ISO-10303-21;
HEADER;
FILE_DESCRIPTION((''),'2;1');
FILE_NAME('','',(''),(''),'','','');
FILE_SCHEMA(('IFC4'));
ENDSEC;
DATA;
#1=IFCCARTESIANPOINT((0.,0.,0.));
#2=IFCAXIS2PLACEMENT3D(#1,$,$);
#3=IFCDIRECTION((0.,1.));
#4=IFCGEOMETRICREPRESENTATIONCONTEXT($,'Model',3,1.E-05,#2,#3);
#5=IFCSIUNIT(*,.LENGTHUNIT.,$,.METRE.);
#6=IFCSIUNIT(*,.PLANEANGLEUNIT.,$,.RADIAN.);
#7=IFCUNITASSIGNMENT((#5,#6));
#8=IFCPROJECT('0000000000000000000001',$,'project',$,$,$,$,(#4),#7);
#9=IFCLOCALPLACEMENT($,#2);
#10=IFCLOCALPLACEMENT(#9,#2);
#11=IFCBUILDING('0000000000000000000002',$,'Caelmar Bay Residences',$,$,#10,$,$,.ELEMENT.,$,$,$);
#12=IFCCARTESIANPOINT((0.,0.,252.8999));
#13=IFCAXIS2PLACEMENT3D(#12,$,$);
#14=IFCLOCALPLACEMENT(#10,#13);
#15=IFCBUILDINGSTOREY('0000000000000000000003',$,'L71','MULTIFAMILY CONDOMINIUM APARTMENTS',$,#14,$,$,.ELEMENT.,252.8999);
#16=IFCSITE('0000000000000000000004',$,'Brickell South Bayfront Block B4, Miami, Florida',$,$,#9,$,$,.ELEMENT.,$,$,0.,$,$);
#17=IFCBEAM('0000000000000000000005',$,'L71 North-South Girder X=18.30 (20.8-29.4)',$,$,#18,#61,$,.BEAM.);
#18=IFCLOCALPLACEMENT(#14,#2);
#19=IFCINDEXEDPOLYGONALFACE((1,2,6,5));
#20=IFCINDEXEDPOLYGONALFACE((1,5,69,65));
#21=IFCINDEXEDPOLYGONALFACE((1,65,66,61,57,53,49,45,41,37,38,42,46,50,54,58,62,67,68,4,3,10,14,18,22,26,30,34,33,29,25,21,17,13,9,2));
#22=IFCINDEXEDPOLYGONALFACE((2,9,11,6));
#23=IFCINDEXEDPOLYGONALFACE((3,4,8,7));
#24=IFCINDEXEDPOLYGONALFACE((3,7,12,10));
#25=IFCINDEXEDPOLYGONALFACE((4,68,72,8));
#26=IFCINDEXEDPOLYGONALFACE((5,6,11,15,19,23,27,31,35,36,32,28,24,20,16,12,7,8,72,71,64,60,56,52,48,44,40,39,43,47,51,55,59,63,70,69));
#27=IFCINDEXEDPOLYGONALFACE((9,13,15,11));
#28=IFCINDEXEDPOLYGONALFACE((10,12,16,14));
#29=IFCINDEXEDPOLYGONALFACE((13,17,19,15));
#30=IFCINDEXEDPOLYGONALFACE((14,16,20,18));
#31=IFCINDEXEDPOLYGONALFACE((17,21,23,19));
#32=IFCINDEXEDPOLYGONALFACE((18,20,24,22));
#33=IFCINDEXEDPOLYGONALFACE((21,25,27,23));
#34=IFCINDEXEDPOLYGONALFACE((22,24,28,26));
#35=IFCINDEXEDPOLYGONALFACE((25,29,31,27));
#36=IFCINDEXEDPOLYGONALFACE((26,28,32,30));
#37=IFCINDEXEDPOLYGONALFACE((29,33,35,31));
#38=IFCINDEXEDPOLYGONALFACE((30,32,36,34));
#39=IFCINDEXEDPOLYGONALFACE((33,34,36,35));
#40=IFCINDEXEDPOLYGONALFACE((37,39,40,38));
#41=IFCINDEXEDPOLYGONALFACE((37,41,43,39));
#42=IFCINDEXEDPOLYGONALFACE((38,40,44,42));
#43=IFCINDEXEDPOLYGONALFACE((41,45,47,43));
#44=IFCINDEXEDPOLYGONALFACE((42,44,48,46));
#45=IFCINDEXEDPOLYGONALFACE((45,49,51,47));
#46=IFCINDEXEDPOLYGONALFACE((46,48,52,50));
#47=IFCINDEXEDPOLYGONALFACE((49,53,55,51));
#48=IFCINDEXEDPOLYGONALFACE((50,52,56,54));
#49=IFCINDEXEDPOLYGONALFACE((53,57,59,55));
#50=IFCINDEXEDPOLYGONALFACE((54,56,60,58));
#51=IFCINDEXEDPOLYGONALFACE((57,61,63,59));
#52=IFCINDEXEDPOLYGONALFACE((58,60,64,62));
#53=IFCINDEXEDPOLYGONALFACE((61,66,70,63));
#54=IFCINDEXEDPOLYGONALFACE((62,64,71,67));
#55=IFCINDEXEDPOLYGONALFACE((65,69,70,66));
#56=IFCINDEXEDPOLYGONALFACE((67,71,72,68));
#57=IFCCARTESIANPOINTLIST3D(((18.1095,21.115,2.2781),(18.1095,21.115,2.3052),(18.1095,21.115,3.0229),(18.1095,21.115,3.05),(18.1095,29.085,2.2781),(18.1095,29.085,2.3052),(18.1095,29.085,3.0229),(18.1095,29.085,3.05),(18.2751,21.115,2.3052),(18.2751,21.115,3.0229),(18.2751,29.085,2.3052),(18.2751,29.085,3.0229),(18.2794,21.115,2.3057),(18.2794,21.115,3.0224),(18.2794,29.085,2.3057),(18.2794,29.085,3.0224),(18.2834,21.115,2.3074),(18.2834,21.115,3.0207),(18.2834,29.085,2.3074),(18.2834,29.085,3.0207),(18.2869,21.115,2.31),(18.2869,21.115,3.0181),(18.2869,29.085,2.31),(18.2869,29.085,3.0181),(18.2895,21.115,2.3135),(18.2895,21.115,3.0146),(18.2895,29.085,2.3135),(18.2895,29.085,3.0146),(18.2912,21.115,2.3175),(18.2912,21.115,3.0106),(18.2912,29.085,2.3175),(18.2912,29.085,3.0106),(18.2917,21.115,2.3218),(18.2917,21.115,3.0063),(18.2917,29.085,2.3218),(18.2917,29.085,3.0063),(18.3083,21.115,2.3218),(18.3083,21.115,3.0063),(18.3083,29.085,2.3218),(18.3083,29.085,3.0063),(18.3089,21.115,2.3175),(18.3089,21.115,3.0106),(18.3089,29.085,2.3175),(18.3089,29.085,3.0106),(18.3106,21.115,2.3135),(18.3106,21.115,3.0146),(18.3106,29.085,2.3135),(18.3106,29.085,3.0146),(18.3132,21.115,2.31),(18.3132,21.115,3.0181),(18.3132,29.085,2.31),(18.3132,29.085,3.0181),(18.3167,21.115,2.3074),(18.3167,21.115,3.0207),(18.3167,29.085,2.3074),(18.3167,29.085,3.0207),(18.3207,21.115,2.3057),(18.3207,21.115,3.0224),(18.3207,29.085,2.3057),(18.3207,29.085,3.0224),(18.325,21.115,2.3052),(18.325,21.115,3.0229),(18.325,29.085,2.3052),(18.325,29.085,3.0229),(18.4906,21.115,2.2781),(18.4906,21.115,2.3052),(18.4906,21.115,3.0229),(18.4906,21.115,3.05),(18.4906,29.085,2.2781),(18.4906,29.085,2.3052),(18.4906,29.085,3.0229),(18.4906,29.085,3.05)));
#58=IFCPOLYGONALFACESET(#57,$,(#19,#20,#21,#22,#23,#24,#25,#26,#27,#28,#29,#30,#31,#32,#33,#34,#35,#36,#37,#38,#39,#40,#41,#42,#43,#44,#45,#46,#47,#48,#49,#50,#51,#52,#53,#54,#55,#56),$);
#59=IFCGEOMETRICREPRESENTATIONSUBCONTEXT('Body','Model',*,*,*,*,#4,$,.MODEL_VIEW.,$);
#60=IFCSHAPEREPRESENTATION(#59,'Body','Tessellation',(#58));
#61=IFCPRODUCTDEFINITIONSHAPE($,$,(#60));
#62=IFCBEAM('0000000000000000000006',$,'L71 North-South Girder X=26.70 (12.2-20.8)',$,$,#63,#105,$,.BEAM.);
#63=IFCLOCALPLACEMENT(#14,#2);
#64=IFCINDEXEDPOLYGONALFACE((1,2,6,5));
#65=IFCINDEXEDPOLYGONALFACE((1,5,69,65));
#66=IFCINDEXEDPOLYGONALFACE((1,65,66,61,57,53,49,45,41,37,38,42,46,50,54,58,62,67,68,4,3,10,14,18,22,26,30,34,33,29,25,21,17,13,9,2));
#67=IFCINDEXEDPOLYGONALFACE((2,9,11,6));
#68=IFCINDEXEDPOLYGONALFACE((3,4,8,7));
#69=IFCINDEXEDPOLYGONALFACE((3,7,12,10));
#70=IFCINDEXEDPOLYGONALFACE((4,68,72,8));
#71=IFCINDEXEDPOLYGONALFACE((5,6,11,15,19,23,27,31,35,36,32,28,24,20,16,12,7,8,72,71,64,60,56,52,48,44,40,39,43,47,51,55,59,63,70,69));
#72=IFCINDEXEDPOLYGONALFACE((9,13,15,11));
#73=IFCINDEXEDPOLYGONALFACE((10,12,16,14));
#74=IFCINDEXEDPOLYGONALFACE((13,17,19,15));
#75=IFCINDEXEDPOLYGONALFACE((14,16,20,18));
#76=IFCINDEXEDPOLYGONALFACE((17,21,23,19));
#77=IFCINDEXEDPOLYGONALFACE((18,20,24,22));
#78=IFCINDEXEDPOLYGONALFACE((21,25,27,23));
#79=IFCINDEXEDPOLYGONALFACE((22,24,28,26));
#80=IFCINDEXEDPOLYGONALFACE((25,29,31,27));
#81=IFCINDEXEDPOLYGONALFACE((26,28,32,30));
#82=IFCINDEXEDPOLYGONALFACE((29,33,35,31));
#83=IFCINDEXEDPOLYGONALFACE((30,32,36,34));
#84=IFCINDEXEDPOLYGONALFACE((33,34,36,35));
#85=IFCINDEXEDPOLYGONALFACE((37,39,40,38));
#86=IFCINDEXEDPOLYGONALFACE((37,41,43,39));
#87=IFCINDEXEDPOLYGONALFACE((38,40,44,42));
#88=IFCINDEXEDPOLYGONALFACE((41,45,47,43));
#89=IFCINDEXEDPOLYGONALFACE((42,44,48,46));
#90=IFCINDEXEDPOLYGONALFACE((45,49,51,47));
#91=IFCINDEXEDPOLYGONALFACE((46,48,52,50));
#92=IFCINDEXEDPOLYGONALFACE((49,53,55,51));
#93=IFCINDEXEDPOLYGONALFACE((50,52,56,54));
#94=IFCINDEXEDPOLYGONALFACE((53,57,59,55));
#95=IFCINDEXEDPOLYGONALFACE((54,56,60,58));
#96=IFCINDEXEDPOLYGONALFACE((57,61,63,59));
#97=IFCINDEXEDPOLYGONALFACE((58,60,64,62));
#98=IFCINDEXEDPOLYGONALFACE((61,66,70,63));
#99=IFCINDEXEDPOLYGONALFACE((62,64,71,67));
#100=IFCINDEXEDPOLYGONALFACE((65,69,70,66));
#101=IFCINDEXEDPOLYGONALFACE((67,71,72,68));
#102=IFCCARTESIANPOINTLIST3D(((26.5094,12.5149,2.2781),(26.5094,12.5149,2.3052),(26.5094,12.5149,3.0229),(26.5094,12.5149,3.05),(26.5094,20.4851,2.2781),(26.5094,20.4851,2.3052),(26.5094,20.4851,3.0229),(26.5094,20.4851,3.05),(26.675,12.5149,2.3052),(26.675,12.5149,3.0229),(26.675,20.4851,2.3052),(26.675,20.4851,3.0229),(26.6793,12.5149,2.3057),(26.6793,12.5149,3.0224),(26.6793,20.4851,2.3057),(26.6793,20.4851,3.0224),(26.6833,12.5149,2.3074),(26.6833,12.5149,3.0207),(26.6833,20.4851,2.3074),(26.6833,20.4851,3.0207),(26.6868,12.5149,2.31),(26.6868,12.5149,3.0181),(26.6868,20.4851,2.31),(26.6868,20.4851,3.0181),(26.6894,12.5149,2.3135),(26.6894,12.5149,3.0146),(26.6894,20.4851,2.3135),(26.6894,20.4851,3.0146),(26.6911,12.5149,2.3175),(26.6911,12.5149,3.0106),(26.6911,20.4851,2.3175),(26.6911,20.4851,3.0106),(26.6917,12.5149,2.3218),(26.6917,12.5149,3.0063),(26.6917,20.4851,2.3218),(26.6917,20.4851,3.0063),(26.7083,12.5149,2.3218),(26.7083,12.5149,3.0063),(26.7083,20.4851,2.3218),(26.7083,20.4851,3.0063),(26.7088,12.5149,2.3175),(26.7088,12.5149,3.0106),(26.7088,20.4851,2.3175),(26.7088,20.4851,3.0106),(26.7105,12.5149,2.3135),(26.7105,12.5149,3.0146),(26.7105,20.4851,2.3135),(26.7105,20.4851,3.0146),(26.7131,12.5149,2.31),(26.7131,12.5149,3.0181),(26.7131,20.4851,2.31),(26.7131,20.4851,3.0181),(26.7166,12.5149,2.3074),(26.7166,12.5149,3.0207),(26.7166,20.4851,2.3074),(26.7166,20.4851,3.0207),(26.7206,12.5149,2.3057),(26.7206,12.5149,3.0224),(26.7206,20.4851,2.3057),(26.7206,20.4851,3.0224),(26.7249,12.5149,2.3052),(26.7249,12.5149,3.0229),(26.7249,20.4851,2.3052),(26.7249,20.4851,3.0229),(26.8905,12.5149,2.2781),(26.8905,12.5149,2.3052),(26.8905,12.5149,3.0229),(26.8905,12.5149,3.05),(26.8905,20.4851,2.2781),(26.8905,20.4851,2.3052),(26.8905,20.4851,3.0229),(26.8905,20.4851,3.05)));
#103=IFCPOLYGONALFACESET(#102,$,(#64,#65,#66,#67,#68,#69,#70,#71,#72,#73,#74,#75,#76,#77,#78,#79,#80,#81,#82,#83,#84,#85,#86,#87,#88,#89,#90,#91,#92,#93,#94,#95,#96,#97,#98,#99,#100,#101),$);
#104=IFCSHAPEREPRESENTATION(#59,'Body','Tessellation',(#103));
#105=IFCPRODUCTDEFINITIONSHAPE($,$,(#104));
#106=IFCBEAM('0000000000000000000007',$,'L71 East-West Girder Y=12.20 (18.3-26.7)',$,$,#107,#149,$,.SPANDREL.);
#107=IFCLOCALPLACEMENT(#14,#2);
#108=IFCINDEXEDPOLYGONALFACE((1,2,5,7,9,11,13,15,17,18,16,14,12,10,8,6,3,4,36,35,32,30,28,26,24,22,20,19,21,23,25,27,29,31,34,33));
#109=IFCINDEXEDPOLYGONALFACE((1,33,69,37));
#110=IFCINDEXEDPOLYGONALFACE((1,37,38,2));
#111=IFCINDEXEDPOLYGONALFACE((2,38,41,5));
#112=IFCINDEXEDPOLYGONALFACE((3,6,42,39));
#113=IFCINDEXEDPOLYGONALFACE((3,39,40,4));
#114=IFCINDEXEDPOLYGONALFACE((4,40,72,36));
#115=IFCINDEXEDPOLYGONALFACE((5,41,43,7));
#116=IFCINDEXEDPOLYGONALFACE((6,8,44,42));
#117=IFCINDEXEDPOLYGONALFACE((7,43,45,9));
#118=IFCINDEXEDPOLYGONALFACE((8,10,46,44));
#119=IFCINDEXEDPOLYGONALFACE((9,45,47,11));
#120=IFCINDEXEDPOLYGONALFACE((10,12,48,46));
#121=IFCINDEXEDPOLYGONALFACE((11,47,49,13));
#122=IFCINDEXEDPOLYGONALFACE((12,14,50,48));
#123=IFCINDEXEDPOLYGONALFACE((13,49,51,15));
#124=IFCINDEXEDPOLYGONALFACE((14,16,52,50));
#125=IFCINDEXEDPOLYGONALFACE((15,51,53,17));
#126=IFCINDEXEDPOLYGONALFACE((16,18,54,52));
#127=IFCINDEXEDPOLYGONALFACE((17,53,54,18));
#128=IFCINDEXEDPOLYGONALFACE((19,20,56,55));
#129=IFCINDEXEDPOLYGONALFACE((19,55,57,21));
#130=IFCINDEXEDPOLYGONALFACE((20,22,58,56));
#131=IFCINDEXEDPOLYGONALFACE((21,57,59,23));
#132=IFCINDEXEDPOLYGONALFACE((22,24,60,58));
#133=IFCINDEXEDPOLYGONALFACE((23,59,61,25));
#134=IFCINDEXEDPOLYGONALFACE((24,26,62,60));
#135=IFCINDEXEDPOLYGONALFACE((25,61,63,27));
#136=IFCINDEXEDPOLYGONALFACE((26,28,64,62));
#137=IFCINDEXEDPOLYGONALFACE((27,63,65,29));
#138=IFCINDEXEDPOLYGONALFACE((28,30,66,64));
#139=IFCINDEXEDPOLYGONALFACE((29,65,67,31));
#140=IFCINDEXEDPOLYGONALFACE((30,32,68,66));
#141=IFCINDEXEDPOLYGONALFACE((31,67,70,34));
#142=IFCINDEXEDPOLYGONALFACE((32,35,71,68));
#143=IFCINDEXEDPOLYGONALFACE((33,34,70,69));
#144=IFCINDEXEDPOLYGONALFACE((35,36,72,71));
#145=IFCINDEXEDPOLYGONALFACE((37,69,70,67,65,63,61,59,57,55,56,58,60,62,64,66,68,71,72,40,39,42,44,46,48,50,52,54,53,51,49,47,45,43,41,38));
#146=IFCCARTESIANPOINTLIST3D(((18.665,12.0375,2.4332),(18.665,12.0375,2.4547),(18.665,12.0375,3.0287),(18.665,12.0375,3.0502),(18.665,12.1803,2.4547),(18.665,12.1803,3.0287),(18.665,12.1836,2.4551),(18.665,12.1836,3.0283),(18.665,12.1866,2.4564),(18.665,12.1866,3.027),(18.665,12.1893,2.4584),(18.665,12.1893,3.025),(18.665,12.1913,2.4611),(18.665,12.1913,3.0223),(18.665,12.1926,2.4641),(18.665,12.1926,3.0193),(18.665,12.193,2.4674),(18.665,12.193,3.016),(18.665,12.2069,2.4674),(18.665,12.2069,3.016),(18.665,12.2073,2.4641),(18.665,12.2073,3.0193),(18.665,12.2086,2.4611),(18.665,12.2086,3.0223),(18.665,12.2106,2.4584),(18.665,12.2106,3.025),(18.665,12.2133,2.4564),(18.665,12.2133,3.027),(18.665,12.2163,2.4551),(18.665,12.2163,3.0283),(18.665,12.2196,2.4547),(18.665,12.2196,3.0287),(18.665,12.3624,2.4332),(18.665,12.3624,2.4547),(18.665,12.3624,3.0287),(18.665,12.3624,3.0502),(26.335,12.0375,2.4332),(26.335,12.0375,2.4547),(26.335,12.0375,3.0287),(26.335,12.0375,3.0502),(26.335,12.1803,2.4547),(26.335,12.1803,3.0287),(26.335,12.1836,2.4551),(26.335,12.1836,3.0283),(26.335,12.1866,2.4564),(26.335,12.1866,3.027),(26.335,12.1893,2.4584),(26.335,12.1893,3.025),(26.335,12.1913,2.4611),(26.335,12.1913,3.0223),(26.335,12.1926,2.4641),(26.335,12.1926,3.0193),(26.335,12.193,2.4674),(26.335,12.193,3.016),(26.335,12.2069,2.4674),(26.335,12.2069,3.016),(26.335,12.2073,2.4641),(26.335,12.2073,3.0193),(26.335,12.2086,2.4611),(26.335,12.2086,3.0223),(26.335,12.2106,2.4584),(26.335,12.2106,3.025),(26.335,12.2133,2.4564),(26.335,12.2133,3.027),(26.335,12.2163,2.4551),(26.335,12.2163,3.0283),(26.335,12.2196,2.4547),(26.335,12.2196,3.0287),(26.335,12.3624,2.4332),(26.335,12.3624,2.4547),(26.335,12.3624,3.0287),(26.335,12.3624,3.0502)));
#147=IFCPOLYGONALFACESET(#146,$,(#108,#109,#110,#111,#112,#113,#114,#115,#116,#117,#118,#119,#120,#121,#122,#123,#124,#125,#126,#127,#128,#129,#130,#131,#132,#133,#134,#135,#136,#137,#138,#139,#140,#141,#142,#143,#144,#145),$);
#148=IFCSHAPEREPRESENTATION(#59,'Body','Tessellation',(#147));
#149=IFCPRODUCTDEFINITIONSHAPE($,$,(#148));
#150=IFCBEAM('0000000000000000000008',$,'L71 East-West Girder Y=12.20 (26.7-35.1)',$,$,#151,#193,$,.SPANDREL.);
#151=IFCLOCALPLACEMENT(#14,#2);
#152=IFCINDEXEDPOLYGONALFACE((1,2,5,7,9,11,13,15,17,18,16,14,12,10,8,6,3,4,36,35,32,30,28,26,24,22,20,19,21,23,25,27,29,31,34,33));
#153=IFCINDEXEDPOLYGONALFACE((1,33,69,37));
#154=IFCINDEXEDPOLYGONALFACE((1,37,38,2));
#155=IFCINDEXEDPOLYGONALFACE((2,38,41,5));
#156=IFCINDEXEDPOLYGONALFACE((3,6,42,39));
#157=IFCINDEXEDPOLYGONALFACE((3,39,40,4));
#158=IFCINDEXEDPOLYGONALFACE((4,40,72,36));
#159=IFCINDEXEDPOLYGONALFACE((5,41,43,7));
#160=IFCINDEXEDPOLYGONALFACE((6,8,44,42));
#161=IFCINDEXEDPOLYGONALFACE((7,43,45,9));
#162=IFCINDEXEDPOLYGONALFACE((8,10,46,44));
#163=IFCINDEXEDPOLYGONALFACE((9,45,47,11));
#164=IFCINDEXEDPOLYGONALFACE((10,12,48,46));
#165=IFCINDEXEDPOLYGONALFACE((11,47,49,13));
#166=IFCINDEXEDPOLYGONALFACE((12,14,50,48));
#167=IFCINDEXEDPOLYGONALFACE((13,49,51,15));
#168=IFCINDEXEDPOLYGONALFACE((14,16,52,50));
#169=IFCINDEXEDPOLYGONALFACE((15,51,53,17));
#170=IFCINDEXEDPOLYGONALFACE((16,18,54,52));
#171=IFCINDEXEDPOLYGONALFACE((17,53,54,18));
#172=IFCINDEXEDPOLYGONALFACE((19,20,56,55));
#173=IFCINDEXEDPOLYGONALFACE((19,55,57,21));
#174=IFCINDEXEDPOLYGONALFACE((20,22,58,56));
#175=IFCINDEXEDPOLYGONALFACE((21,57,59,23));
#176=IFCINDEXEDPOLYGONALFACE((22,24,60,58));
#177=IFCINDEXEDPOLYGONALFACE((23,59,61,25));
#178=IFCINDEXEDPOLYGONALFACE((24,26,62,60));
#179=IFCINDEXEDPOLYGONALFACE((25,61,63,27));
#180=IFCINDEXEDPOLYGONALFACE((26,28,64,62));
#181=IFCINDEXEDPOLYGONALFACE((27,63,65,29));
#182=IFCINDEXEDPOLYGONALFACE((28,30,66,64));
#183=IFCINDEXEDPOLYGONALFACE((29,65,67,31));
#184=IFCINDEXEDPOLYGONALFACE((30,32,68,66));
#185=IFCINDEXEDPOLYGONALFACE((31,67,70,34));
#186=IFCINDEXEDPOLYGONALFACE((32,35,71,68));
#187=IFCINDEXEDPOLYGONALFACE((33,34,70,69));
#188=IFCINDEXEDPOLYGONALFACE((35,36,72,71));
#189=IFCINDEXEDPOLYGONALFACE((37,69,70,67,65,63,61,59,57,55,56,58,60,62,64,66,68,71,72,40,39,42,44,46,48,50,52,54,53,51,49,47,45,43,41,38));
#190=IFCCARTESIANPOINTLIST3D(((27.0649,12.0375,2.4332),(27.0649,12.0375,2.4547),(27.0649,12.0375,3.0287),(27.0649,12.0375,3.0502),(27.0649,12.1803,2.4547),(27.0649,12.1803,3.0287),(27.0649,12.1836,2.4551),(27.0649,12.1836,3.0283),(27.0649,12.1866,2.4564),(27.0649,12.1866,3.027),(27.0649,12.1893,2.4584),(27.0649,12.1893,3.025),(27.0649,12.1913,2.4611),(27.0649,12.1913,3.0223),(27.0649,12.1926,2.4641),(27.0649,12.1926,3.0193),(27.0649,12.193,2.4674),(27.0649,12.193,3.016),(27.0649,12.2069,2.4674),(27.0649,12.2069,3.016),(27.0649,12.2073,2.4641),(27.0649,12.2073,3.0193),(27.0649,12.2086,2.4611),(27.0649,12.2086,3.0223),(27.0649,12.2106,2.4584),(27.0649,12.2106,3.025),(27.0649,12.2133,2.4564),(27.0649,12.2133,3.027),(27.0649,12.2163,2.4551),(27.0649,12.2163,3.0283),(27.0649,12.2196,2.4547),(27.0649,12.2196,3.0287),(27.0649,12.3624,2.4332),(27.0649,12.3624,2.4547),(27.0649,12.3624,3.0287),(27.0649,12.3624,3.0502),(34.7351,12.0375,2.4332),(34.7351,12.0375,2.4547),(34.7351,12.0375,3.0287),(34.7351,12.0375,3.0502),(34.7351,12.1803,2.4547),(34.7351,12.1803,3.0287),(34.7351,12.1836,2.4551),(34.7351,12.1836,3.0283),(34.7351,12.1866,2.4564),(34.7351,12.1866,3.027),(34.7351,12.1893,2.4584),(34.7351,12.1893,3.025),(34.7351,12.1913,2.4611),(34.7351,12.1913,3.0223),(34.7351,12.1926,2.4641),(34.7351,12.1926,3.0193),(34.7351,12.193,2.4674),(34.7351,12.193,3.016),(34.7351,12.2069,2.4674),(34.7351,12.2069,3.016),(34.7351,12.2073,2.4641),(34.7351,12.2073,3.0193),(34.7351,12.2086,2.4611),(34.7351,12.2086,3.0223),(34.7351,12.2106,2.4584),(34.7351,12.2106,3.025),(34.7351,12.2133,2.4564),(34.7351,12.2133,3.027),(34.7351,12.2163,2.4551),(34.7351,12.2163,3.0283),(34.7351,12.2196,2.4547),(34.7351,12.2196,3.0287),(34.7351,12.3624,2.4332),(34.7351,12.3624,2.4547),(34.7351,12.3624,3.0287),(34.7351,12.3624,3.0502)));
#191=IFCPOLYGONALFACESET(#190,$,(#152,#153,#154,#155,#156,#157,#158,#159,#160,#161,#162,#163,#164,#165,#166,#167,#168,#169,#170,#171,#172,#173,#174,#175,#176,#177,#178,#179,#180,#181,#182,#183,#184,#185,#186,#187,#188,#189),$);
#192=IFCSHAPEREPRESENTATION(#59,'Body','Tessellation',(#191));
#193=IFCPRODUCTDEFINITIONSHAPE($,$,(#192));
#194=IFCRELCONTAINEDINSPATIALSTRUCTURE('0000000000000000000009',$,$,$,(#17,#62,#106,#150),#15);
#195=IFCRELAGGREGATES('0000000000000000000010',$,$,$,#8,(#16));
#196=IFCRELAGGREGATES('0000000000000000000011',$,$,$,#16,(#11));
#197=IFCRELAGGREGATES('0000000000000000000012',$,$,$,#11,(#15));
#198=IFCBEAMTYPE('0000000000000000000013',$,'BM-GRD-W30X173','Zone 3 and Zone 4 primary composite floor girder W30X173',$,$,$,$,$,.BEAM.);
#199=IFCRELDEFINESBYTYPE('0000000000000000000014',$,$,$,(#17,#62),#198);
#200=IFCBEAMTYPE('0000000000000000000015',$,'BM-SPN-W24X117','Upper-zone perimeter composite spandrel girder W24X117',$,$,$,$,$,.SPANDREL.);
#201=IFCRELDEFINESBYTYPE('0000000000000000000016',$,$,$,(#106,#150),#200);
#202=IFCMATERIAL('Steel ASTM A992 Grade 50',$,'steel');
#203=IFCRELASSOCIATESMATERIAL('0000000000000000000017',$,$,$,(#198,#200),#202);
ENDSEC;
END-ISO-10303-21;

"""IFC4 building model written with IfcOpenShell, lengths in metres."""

from ifc_helpers import new_model, si_unit, direction, frame, origin, origin_2d, place, context, subcontext, project, spatial, i_section, extrude, material, material_profile, profile_set, type_object, element, save


model = new_model("IFC4")

# Units and contexts
model_context = context("Model", 3, precision=1e-05, world=origin(), true_north=direction((0.0, 1.0)))
body_context = subcontext(model_context, "Body", "Model", "MODEL_VIEW")
ifc_project = project(units=[si_unit("LENGTHUNIT", "METRE"), si_unit("PLANEANGLEUNIT", "RADIAN")], contexts=[model_context])

# Site, building, storey
site_placement = place(None, origin())
site = spatial("IfcSite", under=ifc_project, at=site_placement, Name="Brickell South Bayfront Block B4, Miami, Florida", CompositionType="ELEMENT", RefElevation=0.0)
building_placement = place(site_placement, origin())
building = spatial("IfcBuilding", under=site, at=building_placement, Name="Caelmar Bay Residences", CompositionType="ELEMENT")
storey_placement = place(building_placement, frame((0.0, 0.0, 252.8999)))
storey = spatial("IfcBuildingStorey", under=building, at=storey_placement, Name="L71", Description="MULTIFAMILY CONDOMINIUM APARTMENTS", CompositionType="ELEMENT", Elevation=252.8999)

# Beams
ifc_material_1 = material(Name="Steel ASTM A992 Grade 50", Category="steel")
ifc_material_profile_1 = material_profile(ifc_material_1, i_section(OverallWidth=0.3811, OverallDepth=0.772, WebThickness=0.0166, FlangeThickness=0.0271, FilletRadius=0.0166, at=origin_2d()), Name="W30X173")
ifc_profile_set_1 = profile_set([ifc_material_profile_1], Name="Steel ASTM A992 Grade 50")
beam_type_1 = type_object("IfcBeamType", Name="BM-GRD-W30X173", Description="Zone 3 and Zone 4 primary composite floor girder W30X173", PredefinedType="BEAM", material=ifc_profile_set_1)
beam_1_placement = place(storey_placement, frame((18.3, 21.115, 2.6641), z_axis=(0.0, 1.0, 0.0), x_axis=(-1.0, 0.0, 0.0)))
element("IfcBeam", 1, at=beam_1_placement, inside=storey, type_object=beam_type_1, Name="L71 North-South Girder X=18.30 (20.8-29.4)", PredefinedType="BEAM", context=body_context, shape_type="SweptSolid", body=[
    extrude(i_section(OverallWidth=0.3811, OverallDepth=0.772, WebThickness=0.0166, FlangeThickness=0.0271, FilletRadius=0.0166, at=origin_2d()), origin(), (0.0, 0.0, 1.0), 7.97),
])
beam_2_placement = place(storey_placement, frame((26.7, 12.5149, 2.6641), z_axis=(0.0, 1.0, 0.0), x_axis=(-1.0, 0.0, 0.0)))
element("IfcBeam", 2, at=beam_2_placement, inside=storey, type_object=beam_type_1, Name="L71 North-South Girder X=26.70 (12.2-20.8)", PredefinedType="BEAM", context=body_context, shape_type="SweptSolid", body=[
    extrude(i_section(OverallWidth=0.3811, OverallDepth=0.772, WebThickness=0.0166, FlangeThickness=0.0271, FilletRadius=0.0166, at=origin_2d()), origin(), (0.0, 0.0, 1.0), 7.9702),
])
ifc_material_profile_2 = material_profile(ifc_material_1, i_section(OverallWidth=0.325, OverallDepth=0.6169, WebThickness=0.0139, FlangeThickness=0.0215, FilletRadius=0.0127, at=origin_2d()), Name="W24X117")
ifc_profile_set_2 = profile_set([ifc_material_profile_2], Name="Steel ASTM A992 Grade 50")
beam_type_2 = type_object("IfcBeamType", Name="BM-SPN-W24X117", Description="Upper-zone perimeter composite spandrel girder W24X117", PredefinedType="SPANDREL", material=ifc_profile_set_2)
beam_3_placement = place(storey_placement, frame((18.665, 12.2, 2.7417), z_axis=(1.0, 0.0, 0.0), x_axis=(0.0, 1.0, 0.0)))
element("IfcBeam", 3, at=beam_3_placement, inside=storey, type_object=beam_type_2, Name="L71 East-West Girder Y=12.20 (18.3-26.7)", PredefinedType="SPANDREL", context=body_context, shape_type="SweptSolid", body=[
    extrude(i_section(OverallWidth=0.325, OverallDepth=0.6169, WebThickness=0.0139, FlangeThickness=0.0215, FilletRadius=0.0127, at=origin_2d()), origin(), (0.0, 0.0, 1.0), 7.6699),
])
beam_4_placement = place(storey_placement, frame((27.0649, 12.2, 2.7417), z_axis=(1.0, 0.0, 0.0), x_axis=(0.0, 1.0, 0.0)))
element("IfcBeam", 4, at=beam_4_placement, inside=storey, type_object=beam_type_2, Name="L71 East-West Girder Y=12.20 (26.7-35.1)", PredefinedType="SPANDREL", context=body_context, shape_type="SweptSolid", body=[
    extrude(i_section(OverallWidth=0.325, OverallDepth=0.6169, WebThickness=0.0139, FlangeThickness=0.0215, FilletRadius=0.0127, at=origin_2d()), origin(), (0.0, 0.0, 1.0), 7.6702),
])

save(model, "model.ifc")
